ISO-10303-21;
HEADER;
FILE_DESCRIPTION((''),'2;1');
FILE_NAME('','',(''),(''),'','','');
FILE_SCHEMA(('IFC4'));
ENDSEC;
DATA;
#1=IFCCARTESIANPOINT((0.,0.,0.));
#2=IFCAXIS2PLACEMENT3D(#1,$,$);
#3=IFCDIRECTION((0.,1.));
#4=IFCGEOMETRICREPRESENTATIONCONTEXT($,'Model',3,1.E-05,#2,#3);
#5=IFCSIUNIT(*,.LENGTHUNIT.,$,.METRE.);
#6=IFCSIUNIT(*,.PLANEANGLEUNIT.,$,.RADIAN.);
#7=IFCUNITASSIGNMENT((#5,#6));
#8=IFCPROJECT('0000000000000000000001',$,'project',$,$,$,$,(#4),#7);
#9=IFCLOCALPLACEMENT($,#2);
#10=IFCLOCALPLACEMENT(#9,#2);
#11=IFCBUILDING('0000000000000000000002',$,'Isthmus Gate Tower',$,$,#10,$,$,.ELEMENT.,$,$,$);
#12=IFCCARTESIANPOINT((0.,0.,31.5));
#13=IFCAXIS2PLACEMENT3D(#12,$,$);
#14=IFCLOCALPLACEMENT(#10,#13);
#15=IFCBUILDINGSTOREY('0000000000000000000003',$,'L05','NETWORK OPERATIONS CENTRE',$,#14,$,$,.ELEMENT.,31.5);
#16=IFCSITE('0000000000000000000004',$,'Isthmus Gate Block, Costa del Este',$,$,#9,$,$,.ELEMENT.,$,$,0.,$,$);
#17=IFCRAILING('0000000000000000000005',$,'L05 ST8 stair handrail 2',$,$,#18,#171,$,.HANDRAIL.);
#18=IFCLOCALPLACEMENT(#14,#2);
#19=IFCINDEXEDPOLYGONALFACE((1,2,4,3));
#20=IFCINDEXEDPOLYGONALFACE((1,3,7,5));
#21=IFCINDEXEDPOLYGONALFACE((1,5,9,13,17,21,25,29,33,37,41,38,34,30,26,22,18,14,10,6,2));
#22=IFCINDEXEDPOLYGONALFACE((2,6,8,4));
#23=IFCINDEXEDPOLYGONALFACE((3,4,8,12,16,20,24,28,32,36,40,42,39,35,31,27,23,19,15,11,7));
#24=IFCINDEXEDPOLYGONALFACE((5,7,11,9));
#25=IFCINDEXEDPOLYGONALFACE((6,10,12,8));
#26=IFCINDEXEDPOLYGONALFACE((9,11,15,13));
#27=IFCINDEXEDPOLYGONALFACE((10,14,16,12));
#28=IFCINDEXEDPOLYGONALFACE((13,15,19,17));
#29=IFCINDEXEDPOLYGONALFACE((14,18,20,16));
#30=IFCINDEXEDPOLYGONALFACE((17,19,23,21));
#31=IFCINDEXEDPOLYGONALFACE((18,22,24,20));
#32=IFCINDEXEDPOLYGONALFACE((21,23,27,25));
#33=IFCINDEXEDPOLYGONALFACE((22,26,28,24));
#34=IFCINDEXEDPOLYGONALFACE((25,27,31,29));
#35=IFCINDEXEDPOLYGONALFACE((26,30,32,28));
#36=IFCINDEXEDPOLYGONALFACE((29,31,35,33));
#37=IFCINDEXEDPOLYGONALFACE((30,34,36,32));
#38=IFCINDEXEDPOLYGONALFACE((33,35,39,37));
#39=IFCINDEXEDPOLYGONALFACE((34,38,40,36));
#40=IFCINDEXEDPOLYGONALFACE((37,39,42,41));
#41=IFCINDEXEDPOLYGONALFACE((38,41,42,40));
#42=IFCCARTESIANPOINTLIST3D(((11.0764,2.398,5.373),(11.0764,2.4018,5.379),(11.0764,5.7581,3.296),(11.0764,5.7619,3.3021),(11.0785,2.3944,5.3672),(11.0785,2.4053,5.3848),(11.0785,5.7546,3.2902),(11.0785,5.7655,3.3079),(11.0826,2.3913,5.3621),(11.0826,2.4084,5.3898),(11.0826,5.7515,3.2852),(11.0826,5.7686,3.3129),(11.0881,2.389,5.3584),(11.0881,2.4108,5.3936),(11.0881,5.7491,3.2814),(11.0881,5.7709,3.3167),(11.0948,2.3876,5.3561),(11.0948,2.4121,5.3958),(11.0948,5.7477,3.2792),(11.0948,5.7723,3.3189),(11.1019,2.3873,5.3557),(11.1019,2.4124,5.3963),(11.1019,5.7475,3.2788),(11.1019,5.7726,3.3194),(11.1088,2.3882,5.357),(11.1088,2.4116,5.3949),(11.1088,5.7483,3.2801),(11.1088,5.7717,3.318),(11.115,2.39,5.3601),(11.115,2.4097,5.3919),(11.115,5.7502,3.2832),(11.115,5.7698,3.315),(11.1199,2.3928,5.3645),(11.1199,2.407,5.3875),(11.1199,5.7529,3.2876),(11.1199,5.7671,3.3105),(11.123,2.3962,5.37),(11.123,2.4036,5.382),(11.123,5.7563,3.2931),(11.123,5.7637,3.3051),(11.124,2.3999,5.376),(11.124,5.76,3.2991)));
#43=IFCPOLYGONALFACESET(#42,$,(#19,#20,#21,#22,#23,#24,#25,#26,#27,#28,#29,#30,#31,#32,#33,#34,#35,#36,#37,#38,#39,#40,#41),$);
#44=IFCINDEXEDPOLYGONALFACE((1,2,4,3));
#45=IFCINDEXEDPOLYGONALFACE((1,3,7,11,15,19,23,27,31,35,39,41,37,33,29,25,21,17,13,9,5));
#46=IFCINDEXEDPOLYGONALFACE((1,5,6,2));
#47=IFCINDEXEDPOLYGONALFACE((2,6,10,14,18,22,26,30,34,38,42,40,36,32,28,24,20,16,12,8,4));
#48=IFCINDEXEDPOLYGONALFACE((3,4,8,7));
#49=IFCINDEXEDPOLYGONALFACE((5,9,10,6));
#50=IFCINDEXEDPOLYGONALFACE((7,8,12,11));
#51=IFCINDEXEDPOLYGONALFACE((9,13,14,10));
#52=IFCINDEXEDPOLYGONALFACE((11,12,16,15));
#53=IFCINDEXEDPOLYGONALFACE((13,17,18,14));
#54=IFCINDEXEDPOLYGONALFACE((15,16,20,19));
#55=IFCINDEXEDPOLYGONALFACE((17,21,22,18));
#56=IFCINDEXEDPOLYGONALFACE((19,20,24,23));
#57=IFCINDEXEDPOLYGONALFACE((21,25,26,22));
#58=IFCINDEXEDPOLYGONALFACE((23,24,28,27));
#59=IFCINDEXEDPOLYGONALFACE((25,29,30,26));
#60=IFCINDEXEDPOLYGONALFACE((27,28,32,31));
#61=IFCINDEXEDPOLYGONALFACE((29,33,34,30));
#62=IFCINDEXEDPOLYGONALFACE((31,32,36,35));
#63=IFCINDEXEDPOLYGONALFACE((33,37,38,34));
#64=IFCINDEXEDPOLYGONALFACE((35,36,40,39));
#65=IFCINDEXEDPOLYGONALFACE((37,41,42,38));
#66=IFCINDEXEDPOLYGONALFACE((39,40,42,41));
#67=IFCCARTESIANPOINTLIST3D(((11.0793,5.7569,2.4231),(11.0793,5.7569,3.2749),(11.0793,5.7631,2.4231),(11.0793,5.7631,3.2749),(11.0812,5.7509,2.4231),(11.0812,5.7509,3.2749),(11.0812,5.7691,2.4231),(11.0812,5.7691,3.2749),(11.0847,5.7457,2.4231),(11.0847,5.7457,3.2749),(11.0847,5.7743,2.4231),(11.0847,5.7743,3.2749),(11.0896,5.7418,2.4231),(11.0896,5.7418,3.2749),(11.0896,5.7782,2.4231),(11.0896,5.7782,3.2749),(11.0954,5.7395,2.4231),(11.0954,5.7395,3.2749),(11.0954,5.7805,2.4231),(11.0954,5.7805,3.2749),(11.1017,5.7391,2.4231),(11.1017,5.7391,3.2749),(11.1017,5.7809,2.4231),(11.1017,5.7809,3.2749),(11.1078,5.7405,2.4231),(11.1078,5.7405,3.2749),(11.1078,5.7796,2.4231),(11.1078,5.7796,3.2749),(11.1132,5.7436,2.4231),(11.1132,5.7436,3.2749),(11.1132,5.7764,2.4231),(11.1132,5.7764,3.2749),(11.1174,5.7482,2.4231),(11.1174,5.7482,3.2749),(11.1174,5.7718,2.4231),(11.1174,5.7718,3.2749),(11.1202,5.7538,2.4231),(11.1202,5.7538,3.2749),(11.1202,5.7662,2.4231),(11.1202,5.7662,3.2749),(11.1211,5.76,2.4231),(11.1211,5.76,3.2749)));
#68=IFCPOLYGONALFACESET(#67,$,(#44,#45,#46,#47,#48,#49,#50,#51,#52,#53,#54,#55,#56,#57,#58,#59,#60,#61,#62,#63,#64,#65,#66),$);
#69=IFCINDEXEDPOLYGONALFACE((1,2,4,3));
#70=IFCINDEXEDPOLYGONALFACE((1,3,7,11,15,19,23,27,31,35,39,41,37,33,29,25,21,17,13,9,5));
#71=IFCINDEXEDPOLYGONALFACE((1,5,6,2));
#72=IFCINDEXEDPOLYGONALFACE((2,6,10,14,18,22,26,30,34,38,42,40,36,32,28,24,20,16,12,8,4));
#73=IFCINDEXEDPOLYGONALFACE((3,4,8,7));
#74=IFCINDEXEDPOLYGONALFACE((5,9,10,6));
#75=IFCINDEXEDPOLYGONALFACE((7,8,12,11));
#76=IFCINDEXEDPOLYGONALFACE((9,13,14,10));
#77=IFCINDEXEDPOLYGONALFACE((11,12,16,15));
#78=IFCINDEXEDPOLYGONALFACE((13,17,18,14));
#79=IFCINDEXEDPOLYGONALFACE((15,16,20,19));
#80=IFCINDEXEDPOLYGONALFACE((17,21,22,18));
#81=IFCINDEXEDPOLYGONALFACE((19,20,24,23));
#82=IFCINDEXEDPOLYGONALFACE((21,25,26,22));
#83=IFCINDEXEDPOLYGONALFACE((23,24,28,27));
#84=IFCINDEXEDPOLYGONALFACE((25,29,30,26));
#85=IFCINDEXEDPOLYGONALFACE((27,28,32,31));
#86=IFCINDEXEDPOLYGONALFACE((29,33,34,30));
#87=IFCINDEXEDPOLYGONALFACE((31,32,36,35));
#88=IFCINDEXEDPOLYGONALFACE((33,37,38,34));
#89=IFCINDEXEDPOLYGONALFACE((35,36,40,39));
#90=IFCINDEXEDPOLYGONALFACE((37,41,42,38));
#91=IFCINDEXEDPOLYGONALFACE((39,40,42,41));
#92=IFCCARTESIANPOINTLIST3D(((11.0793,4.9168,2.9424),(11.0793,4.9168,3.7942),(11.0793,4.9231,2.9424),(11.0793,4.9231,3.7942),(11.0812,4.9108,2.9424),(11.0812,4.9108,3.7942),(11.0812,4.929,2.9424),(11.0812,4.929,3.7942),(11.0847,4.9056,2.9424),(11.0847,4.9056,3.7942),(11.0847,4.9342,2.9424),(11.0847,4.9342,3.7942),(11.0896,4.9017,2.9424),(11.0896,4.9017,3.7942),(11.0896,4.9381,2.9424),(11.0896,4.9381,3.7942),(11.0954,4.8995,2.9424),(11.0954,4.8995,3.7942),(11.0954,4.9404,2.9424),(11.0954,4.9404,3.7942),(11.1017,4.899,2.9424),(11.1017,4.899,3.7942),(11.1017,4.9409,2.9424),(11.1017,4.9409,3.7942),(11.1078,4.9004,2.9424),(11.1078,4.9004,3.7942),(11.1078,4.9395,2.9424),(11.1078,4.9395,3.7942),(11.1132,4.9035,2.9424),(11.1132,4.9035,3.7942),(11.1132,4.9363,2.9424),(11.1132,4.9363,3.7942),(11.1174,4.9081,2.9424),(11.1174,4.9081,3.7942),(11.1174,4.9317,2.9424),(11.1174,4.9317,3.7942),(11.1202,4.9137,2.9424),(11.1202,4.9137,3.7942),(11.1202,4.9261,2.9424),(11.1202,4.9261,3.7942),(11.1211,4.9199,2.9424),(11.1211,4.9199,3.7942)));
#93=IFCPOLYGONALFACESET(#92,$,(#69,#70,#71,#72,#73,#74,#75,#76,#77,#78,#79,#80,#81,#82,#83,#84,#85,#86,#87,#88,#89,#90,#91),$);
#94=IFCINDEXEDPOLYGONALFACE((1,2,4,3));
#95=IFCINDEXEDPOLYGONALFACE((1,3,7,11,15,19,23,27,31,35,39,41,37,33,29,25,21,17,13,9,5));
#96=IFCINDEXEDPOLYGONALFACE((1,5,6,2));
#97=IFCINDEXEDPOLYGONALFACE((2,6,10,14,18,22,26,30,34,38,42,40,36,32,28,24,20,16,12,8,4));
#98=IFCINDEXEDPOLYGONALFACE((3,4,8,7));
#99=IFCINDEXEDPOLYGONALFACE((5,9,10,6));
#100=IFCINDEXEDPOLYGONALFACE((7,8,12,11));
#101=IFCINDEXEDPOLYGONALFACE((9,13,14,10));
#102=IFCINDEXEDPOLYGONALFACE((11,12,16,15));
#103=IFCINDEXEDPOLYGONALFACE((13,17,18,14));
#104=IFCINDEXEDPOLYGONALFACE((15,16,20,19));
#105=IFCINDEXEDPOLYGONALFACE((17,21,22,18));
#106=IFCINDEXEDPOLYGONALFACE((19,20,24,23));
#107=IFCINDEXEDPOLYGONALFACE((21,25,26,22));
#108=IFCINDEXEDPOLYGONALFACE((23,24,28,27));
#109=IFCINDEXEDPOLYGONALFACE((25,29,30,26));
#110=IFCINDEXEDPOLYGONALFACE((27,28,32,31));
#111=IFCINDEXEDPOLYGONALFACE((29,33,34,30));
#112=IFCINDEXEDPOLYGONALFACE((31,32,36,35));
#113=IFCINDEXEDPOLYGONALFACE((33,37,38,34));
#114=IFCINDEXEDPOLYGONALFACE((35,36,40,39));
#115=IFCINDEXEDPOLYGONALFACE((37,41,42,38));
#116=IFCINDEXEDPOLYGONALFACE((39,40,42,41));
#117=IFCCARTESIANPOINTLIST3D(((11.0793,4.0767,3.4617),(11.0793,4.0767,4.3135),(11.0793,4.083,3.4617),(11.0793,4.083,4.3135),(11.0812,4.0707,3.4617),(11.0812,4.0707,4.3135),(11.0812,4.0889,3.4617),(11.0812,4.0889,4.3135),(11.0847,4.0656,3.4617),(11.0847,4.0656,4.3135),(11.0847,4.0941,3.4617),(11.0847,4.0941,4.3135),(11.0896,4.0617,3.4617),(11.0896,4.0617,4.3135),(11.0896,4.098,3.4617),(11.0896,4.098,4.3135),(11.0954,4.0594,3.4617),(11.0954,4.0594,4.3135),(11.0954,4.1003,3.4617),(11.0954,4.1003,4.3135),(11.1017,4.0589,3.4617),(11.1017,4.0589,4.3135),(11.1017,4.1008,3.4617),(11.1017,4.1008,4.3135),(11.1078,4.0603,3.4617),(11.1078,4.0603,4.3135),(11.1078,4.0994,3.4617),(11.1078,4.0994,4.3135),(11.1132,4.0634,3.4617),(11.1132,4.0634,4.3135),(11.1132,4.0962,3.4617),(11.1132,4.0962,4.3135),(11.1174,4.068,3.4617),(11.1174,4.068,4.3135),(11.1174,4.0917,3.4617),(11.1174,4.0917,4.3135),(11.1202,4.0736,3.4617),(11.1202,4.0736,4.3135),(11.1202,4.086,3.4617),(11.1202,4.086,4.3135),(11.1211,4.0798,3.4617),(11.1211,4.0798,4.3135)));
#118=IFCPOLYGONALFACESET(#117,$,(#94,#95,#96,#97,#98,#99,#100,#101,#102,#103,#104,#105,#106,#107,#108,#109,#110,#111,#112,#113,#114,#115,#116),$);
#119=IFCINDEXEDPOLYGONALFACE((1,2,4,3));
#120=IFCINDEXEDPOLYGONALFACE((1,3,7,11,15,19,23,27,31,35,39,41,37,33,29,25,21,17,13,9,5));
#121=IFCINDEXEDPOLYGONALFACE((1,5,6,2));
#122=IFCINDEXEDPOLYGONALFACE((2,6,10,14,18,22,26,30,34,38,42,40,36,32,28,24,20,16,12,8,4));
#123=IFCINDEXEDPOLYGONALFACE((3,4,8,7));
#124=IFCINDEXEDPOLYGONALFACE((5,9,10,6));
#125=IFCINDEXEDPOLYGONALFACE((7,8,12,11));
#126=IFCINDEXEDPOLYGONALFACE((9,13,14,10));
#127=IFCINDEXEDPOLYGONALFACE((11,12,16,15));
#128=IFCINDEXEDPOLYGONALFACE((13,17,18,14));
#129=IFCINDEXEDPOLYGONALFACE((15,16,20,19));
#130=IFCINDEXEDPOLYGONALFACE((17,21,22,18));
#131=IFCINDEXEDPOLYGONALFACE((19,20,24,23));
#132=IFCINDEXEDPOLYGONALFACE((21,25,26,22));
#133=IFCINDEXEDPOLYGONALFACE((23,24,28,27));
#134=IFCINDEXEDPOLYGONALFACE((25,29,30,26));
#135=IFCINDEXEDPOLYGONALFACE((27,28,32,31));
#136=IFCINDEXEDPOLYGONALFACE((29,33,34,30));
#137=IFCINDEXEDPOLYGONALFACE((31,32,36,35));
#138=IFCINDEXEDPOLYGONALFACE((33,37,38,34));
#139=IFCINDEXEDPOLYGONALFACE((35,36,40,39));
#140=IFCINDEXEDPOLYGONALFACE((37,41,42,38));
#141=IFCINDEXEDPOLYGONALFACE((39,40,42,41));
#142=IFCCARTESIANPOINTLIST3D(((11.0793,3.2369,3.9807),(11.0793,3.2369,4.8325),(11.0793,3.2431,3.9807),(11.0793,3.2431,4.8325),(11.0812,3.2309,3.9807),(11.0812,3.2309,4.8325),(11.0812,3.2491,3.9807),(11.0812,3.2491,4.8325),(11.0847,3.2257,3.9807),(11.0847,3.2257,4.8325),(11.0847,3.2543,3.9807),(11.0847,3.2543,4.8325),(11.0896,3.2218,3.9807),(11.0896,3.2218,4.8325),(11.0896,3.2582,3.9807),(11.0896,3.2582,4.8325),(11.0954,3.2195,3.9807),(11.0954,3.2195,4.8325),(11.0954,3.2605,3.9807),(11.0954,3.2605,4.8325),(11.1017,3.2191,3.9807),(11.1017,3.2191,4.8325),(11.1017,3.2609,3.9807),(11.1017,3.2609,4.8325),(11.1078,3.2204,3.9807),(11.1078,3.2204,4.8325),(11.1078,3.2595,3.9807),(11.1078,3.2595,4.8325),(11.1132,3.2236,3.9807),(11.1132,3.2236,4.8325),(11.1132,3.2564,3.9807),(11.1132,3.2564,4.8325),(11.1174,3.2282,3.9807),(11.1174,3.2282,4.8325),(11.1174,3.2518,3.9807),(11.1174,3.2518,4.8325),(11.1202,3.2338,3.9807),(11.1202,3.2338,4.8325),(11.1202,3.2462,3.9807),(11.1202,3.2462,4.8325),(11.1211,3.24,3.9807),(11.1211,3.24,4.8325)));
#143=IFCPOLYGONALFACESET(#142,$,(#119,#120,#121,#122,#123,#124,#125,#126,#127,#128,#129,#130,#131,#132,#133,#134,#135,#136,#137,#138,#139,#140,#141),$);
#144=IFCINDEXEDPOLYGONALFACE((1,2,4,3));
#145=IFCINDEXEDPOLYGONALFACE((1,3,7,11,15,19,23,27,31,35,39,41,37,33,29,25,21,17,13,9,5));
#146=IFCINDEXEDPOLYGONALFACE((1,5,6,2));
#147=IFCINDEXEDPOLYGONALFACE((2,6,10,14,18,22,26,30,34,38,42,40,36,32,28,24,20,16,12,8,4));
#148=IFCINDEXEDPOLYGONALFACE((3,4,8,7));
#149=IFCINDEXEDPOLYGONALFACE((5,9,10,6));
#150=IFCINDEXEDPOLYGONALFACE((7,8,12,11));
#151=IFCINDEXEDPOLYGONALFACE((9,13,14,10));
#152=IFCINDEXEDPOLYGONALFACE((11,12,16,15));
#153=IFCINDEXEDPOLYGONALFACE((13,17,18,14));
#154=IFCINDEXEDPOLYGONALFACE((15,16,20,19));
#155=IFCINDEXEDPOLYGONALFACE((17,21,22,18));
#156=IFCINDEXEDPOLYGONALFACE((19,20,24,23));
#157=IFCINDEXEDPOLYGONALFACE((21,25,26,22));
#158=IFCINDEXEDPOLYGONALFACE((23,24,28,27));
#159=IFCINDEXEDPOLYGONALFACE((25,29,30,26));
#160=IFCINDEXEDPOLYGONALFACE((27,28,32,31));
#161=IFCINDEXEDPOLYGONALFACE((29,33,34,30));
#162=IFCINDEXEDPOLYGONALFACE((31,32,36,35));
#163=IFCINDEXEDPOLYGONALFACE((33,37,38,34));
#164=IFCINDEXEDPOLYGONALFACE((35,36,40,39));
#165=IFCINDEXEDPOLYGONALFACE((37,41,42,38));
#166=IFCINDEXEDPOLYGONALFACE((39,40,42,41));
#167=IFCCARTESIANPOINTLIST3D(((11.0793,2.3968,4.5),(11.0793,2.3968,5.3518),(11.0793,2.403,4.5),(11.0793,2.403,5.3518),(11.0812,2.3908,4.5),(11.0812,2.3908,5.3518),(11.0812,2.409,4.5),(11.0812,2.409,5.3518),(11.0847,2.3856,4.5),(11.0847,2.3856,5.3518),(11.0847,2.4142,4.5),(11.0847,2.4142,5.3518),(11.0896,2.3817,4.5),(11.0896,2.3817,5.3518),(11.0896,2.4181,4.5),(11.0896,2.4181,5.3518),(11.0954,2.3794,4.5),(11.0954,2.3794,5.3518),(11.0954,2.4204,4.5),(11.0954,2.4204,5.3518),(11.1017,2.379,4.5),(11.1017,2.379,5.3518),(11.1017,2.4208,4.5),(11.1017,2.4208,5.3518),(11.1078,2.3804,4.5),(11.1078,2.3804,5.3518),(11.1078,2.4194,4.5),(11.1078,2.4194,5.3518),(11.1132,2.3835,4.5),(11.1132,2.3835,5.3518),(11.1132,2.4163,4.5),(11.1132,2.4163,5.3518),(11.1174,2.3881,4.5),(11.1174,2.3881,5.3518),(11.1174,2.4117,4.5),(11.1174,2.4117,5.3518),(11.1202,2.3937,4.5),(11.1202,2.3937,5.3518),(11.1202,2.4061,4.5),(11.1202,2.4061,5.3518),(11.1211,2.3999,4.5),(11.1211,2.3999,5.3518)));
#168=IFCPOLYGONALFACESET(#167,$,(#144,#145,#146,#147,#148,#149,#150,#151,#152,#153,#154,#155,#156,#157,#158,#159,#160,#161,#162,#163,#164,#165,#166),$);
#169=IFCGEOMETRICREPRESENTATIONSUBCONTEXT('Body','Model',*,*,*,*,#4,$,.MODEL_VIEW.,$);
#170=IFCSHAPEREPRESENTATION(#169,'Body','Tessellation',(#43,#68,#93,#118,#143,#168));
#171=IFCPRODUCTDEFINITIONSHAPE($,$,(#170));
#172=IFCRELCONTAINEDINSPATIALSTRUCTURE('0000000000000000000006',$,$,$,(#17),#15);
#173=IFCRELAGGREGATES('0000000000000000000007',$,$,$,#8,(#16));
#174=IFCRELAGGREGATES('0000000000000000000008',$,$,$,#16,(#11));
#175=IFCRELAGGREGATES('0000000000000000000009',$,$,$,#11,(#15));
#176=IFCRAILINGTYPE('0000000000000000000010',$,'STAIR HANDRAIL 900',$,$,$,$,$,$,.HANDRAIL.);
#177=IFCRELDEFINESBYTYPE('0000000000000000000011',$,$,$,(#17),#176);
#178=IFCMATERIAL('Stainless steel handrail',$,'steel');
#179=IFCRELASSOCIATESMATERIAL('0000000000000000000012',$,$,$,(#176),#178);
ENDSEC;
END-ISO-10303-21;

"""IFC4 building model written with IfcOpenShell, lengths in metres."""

from ifc_helpers import new_model, si_unit, direction, frame, origin, origin_2d, place, context, subcontext, project, spatial, circle, extrude, material, type_object, element, save


model = new_model("IFC4")

# Units and contexts
model_context = context("Model", 3, precision=1e-05, world=origin(), true_north=direction((0.0, 1.0)))
body_context = subcontext(model_context, "Body", "Model", "MODEL_VIEW")
ifc_project = project(units=[si_unit("LENGTHUNIT", "METRE"), si_unit("PLANEANGLEUNIT", "RADIAN")], contexts=[model_context])

# Site, building, storey
site_placement = place(None, origin())
site = spatial("IfcSite", under=ifc_project, at=site_placement, Name="Isthmus Gate Block, Costa del Este", CompositionType="ELEMENT", RefElevation=0.0)
building_placement = place(site_placement, origin())
building = spatial("IfcBuilding", under=site, at=building_placement, Name="Isthmus Gate Tower", CompositionType="ELEMENT")
storey_placement = place(building_placement, frame((0.0, 0.0, 31.5)))
storey = spatial("IfcBuildingStorey", under=building, at=storey_placement, Name="L05", Description="NETWORK OPERATIONS CENTRE", CompositionType="ELEMENT", Elevation=31.5)

# Railing
ifc_material_1 = material(Name="Stainless steel handrail", Category="steel")
railing_type = type_object("IfcRailingType", Name="STAIR HANDRAIL 900", PredefinedType="HANDRAIL", material=ifc_material_1)
for number, where, name in (
    (1, (11.1001, 5.76, 2.4231), "L05 ST8 stair handrail 2"),
):
    element("IfcRailing", number, at=place(storey_placement, frame(where)), inside=storey, type_object=railing_type, Name=name, PredefinedType="HANDRAIL", context=body_context, shape_type="SweptSolid", body=[
        extrude(circle(Radius=0.0239, at=origin_2d()), frame((0.0, 0.0, 0.876), z_axis=(0.0, -0.850623, 0.525776), x_axis=(1.0, 0.0, 0.0)), (0.0, 0.0, 1.0), 3.9502),
        extrude(circle(Radius=0.021, at=origin_2d()), origin(), (0.0, 0.0, 1.0), 0.8518),
        extrude(circle(Radius=0.021, at=origin_2d()), frame((0.0, -0.8401, 0.5193)), (0.0, 0.0, 1.0), 0.8518),
        extrude(circle(Radius=0.021, at=origin_2d()), frame((0.0, -1.6802, 1.0386)), (0.0, 0.0, 1.0), 0.8518),
        extrude(circle(Radius=0.021, at=origin_2d()), frame((0.0, -2.52, 1.5576)), (0.0, 0.0, 1.0), 0.8518),
        extrude(circle(Radius=0.021, at=origin_2d()), frame((0.0, -3.3601, 2.0769)), (0.0, 0.0, 1.0), 0.8518),
    ])

save(model, "model.ifc")
